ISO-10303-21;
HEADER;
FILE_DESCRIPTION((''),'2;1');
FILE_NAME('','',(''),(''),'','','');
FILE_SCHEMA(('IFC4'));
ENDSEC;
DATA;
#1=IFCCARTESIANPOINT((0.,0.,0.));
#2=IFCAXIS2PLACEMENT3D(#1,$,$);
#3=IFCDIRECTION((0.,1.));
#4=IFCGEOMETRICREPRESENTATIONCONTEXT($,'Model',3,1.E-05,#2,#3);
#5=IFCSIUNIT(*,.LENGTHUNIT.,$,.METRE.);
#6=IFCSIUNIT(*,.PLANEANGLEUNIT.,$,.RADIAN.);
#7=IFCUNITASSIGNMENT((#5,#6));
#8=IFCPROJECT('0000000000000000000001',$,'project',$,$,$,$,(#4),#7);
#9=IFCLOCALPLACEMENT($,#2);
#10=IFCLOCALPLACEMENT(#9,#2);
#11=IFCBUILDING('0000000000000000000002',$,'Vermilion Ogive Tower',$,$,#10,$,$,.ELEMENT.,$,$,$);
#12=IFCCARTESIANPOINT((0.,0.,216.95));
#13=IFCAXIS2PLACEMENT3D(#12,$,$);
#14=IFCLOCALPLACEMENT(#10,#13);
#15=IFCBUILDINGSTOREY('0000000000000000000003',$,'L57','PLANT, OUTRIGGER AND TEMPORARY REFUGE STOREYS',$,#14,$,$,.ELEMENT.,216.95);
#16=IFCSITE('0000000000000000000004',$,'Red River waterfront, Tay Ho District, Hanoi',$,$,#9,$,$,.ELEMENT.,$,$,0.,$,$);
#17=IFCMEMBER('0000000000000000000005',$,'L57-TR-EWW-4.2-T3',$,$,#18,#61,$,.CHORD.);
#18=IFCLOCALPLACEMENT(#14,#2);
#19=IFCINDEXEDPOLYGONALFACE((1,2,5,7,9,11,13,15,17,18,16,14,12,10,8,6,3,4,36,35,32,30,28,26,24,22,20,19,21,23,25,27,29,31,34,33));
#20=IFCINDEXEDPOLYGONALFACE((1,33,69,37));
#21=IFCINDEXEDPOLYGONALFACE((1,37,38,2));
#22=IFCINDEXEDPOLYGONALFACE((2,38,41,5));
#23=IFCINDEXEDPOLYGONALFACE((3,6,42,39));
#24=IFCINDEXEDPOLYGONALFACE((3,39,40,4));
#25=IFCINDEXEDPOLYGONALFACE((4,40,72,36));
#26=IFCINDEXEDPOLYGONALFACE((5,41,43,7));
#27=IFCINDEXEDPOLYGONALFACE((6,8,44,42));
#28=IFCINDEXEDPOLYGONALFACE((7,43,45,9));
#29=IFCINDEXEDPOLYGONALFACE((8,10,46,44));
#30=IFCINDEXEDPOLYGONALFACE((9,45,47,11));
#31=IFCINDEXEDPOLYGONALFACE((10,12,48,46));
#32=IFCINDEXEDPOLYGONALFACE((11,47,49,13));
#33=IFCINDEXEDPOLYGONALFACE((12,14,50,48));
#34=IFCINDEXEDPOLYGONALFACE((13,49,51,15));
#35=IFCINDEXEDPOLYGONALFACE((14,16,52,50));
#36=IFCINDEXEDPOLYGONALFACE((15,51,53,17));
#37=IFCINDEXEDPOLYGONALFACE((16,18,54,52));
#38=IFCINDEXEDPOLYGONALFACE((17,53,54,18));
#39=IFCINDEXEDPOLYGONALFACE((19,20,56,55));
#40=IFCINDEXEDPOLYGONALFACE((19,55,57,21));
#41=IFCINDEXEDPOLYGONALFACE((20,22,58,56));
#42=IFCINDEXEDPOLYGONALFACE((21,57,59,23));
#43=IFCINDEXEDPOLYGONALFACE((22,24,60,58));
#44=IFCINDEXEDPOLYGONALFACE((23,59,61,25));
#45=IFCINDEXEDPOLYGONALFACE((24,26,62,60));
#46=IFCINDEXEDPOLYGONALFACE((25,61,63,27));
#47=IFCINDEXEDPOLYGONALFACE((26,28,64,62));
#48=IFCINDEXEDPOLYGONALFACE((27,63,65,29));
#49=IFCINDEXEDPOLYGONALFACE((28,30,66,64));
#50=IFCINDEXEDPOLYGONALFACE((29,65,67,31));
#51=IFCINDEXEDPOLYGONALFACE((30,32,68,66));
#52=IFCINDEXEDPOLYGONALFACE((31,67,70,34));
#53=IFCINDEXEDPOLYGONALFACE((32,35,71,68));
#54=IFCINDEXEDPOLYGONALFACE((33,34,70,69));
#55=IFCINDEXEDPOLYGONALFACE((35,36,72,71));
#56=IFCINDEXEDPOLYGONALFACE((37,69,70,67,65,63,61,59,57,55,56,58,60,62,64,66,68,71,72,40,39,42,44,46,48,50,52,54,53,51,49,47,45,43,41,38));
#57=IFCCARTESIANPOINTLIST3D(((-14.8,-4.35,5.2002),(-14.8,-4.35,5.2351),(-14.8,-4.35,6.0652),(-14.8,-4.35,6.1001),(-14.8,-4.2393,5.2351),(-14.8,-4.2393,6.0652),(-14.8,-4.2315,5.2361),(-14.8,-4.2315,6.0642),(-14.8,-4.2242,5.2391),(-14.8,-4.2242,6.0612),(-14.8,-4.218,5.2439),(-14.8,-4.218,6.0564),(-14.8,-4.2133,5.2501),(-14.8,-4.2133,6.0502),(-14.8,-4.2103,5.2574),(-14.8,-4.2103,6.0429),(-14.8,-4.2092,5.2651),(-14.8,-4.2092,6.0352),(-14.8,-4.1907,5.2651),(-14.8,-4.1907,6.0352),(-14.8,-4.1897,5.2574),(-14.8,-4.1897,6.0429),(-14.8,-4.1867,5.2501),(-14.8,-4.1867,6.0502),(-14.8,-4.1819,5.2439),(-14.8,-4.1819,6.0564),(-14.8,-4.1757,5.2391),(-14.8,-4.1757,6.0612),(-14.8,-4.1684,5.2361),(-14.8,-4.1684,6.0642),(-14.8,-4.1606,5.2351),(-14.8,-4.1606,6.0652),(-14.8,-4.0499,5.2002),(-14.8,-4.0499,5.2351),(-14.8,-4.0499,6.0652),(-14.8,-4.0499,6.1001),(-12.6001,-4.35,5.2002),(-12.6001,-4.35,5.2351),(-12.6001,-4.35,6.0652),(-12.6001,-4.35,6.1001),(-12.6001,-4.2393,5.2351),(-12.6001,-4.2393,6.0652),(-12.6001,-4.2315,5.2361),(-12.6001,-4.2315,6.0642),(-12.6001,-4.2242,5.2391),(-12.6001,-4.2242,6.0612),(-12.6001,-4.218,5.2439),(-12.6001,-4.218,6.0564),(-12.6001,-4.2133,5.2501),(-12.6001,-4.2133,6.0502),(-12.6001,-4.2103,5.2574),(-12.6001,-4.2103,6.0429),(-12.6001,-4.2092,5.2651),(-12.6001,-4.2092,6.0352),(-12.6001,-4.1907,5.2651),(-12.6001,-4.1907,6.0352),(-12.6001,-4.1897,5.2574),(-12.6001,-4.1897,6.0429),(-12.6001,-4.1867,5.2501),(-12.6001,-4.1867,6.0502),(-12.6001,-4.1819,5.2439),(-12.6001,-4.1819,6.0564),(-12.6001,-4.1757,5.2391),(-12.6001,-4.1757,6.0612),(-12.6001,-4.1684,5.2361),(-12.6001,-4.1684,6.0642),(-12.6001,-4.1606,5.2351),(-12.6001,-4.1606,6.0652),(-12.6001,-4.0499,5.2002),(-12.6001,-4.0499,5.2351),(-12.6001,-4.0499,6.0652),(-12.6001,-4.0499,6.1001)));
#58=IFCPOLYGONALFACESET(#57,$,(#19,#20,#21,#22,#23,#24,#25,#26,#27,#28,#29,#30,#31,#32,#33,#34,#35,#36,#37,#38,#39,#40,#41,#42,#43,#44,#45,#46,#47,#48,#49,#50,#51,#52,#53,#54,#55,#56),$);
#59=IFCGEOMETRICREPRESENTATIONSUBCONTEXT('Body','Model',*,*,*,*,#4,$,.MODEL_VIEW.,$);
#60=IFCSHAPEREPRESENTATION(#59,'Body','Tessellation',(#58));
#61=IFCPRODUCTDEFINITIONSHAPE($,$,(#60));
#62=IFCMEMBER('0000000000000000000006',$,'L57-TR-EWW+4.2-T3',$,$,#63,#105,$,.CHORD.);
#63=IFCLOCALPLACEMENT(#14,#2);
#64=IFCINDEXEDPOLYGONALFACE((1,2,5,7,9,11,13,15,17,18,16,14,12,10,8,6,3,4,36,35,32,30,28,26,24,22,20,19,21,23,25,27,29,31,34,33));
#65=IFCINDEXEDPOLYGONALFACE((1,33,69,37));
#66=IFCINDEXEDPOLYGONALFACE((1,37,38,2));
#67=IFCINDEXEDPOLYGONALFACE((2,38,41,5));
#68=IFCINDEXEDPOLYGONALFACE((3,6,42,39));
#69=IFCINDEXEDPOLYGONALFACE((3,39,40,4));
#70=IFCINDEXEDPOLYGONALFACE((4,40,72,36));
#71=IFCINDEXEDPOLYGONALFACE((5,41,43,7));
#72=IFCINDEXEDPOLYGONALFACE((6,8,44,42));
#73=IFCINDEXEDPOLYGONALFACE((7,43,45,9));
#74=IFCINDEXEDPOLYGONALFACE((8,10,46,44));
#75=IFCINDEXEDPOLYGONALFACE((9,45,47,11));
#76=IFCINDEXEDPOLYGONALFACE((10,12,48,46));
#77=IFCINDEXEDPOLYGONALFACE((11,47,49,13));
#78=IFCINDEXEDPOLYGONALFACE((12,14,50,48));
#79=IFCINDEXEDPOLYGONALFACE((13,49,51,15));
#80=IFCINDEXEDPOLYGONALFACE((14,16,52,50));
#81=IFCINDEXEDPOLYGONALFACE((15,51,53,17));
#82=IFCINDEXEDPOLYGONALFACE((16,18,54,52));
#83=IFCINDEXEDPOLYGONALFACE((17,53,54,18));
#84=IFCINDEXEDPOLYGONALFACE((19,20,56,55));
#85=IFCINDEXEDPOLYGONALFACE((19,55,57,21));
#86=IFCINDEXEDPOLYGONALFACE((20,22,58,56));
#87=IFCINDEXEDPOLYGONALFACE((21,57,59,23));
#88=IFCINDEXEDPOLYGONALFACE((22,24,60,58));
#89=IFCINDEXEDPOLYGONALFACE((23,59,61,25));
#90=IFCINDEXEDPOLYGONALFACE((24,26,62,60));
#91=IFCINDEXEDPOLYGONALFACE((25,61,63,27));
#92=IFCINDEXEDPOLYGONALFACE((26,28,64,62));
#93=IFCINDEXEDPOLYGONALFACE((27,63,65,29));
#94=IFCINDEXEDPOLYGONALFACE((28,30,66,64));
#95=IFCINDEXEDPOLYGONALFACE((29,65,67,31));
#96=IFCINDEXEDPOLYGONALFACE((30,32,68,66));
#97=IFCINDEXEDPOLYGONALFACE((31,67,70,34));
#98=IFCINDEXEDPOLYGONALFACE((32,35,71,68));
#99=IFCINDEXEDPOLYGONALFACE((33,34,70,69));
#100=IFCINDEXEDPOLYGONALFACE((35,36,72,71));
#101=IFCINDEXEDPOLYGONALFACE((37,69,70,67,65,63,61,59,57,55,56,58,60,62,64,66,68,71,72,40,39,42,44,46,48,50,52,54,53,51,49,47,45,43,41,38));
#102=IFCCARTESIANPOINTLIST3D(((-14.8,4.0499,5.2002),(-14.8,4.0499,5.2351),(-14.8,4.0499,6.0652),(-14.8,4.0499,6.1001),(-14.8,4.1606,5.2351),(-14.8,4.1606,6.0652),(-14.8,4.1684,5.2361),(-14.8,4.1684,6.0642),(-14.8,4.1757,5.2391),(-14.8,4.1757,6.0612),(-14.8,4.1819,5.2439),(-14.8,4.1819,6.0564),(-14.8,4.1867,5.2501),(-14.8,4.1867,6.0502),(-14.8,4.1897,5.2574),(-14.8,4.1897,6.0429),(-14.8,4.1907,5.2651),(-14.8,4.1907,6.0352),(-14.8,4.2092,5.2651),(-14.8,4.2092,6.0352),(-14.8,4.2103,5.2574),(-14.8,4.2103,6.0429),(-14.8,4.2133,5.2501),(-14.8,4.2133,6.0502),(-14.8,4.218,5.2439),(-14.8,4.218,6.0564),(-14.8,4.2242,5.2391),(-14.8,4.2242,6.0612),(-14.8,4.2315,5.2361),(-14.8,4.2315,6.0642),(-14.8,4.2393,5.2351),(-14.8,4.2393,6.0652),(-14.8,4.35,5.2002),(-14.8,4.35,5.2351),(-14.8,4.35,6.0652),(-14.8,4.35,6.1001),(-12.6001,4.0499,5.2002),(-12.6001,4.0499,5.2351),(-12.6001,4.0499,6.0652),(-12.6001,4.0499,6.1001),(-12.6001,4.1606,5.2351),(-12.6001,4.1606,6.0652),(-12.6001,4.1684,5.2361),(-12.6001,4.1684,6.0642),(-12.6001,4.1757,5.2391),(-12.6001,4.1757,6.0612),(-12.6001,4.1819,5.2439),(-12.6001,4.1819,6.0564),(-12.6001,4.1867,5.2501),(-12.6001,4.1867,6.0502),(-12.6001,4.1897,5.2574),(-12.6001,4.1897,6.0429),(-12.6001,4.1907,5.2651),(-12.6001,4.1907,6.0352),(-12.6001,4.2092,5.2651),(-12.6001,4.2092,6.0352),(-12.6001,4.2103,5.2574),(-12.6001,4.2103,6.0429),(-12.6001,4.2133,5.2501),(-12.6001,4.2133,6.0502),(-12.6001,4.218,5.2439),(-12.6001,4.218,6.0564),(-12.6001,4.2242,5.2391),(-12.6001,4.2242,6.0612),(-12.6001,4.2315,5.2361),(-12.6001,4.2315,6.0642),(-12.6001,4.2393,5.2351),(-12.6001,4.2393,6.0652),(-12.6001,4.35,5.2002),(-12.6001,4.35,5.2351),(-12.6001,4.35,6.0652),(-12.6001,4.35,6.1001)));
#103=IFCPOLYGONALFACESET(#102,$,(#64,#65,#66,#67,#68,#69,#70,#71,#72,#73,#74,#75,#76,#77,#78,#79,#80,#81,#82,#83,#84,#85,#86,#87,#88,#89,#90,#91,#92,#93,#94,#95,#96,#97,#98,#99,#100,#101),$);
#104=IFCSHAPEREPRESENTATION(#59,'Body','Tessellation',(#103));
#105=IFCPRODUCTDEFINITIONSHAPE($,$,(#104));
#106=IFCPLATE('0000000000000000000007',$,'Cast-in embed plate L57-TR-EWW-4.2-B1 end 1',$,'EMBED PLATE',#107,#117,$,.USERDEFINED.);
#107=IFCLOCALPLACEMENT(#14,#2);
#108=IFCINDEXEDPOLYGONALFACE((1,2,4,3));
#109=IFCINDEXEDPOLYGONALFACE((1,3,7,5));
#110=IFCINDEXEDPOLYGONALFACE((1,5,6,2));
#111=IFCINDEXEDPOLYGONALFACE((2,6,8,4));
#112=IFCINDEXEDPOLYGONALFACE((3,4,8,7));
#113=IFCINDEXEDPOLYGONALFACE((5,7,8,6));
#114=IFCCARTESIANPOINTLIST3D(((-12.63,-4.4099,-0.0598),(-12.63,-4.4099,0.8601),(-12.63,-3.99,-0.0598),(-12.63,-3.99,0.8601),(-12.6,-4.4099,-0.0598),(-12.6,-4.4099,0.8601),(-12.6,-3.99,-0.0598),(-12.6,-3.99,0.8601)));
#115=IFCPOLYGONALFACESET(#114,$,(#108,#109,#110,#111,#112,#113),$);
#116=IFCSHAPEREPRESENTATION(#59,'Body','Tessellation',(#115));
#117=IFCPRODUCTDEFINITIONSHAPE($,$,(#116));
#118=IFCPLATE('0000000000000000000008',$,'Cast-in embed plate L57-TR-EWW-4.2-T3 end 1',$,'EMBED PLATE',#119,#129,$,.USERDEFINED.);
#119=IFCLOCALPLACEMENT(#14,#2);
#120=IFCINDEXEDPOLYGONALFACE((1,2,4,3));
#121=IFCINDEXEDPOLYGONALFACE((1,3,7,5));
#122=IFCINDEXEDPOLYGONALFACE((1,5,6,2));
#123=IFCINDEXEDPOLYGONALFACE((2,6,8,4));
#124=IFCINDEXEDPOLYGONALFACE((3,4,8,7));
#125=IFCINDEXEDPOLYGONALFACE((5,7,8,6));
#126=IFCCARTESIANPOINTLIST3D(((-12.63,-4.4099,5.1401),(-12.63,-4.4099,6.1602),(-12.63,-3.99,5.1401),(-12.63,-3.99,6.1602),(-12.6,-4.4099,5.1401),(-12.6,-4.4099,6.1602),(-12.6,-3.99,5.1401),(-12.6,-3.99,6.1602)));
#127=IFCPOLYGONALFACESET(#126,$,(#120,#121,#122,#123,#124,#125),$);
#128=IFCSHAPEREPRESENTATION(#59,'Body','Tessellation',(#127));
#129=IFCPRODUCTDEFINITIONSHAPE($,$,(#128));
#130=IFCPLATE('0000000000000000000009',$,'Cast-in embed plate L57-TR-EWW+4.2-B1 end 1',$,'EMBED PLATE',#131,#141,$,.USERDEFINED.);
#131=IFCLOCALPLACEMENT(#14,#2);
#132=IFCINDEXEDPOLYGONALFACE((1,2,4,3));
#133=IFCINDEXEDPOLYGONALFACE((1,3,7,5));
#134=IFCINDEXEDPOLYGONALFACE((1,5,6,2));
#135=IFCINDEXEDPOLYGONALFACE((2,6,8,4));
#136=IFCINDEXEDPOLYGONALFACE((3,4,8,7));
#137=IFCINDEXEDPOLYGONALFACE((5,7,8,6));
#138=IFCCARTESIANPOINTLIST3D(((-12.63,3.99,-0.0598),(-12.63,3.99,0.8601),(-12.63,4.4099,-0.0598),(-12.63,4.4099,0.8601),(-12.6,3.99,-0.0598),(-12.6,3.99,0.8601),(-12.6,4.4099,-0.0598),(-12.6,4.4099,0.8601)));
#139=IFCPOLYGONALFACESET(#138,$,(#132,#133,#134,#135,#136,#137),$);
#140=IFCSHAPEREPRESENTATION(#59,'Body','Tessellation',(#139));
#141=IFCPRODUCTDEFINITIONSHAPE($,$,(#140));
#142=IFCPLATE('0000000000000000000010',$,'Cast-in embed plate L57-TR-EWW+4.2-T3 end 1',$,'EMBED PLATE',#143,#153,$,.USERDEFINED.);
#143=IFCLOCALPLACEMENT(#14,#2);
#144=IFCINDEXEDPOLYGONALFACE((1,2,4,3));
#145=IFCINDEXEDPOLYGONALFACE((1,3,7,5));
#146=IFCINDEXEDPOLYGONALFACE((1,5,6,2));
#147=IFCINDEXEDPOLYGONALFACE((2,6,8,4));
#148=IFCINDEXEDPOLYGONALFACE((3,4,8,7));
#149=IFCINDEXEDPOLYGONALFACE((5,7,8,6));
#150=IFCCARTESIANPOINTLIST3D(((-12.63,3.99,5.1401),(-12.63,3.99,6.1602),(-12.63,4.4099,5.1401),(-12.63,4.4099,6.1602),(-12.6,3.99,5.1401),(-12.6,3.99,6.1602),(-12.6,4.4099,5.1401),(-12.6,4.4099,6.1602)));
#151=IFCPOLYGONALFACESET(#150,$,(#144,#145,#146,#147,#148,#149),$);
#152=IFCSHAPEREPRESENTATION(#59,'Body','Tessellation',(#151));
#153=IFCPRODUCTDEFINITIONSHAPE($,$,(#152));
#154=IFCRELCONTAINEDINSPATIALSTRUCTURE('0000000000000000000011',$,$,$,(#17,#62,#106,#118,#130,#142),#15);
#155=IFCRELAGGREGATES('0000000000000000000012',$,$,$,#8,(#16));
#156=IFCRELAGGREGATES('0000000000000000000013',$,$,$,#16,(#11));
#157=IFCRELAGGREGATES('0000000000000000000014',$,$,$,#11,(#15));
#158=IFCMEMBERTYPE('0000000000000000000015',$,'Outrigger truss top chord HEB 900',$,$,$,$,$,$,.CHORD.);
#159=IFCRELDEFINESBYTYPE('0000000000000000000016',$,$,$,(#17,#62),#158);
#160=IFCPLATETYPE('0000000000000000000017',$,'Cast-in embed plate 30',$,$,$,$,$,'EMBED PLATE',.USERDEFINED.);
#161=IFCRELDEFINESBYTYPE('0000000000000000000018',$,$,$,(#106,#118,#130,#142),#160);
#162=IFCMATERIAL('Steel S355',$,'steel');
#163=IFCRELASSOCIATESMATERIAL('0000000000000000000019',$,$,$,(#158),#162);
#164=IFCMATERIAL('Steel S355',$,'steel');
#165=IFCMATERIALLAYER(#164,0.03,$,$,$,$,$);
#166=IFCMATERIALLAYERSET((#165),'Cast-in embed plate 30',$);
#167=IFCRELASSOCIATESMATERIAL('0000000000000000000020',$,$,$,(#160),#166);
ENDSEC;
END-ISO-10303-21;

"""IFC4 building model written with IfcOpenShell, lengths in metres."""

from ifc_helpers import new_model, si_unit, direction, frame, origin, origin_2d, place, context, subcontext, project, spatial, rectangle, i_section, extrude, material, layer, layer_set, material_profile, profile_set, type_object, element, save


model = new_model("IFC4")

# Units and contexts
model_context = context("Model", 3, precision=1e-05, world=origin(), true_north=direction((0.0, 1.0)))
body_context = subcontext(model_context, "Body", "Model", "MODEL_VIEW")
ifc_project = project(units=[si_unit("LENGTHUNIT", "METRE"), si_unit("PLANEANGLEUNIT", "RADIAN")], contexts=[model_context])

# Site, building, storey
site_placement = place(None, origin())
site = spatial("IfcSite", under=ifc_project, at=site_placement, Name="Red River waterfront, Tay Ho District, Hanoi", CompositionType="ELEMENT", RefElevation=0.0)
building_placement = place(site_placement, origin())
building = spatial("IfcBuilding", under=site, at=building_placement, Name="Vermilion Ogive Tower", CompositionType="ELEMENT")
storey_placement = place(building_placement, frame((0.0, 0.0, 216.95)))
storey = spatial("IfcBuildingStorey", under=building, at=storey_placement, Name="L57", Description="PLANT, OUTRIGGER AND TEMPORARY REFUGE STOREYS", CompositionType="ELEMENT", Elevation=216.95)

# Members
ifc_material_1 = material(Name="Steel S355", Category="steel")
ifc_material_profile_1 = material_profile(ifc_material_1, i_section(OverallWidth=0.3, OverallDepth=0.8999, WebThickness=0.0186, FlangeThickness=0.0349, FilletRadius=0.03, at=origin_2d()), Name="HEB 900")
ifc_profile_set_1 = profile_set([ifc_material_profile_1], Name="Steel S355")
member_type_1 = type_object("IfcMemberType", Name="Outrigger truss top chord HEB 900", PredefinedType="CHORD", material=ifc_profile_set_1)
for number, where, z_axis, x_axis, name in (
    (1, (-12.6001, -4.2, 5.6501), (-1.0, 0.0, 0.0), (0.0, -1.0, 0.0), "L57-TR-EWW-4.2-T3"),
    (2, (-12.6001, 4.2, 5.6501), (-1.0, 0.0, 0.0), (0.0, -1.0, 0.0), "L57-TR-EWW+4.2-T3"),
):
    element("IfcMember", number, at=place(storey_placement, frame(where, z_axis=z_axis, x_axis=x_axis)), inside=storey, type_object=member_type_1, Name=name, PredefinedType="CHORD", context=body_context, shape_type="SweptSolid", body=[
        extrude(i_section(OverallWidth=0.3, OverallDepth=0.8999, WebThickness=0.0186, FlangeThickness=0.0349, FilletRadius=0.03, at=origin_2d()), origin(), (0.0, 0.0, 1.0), 2.2),
    ])

# Plates
ifc_material_2 = material(Name="Steel S355", Category="steel")
ifc_layer_1 = layer(ifc_material_2, 0.03)
ifc_layer_set_1 = layer_set([ifc_layer_1], Name="Cast-in embed plate 30")
plate_type = type_object("IfcPlateType", Name="Cast-in embed plate 30", ElementType="EMBED PLATE", PredefinedType="USERDEFINED", material=ifc_layer_set_1)
plate_1_placement = place(storey_placement, frame((-12.615, -4.2, -0.0598), z_axis=(0.0, 0.0, 1.0), x_axis=(1.0, 0.0, 0.0)))
element("IfcPlate", 3, at=plate_1_placement, inside=storey, type_object=plate_type, Name="Cast-in embed plate L57-TR-EWW-4.2-B1 end 1", ObjectType="EMBED PLATE", PredefinedType="USERDEFINED", context=body_context, shape_type="SweptSolid", body=[
    extrude(rectangle(XDim=0.03, YDim=0.4199, at=origin_2d()), origin(), (0.0, 0.0, 1.0), 0.9199),
])
plate_2_placement = place(storey_placement, frame((-12.615, -4.2, 5.1401), z_axis=(0.0, 0.0, 1.0), x_axis=(1.0, 0.0, 0.0)))
element("IfcPlate", 4, at=plate_2_placement, inside=storey, type_object=plate_type, Name="Cast-in embed plate L57-TR-EWW-4.2-T3 end 1", ObjectType="EMBED PLATE", PredefinedType="USERDEFINED", context=body_context, shape_type="SweptSolid", body=[
    extrude(rectangle(XDim=0.03, YDim=0.4199, at=origin_2d()), origin(), (0.0, 0.0, 1.0), 1.02),
])
plate_3_placement = place(storey_placement, frame((-12.615, 4.2, -0.0598), z_axis=(0.0, 0.0, 1.0), x_axis=(1.0, 0.0, 0.0)))
element("IfcPlate", 5, at=plate_3_placement, inside=storey, type_object=plate_type, Name="Cast-in embed plate L57-TR-EWW+4.2-B1 end 1", ObjectType="EMBED PLATE", PredefinedType="USERDEFINED", context=body_context, shape_type="SweptSolid", body=[
    extrude(rectangle(XDim=0.03, YDim=0.4199, at=origin_2d()), origin(), (0.0, 0.0, 1.0), 0.9199),
])
plate_4_placement = place(storey_placement, frame((-12.615, 4.2, 5.1401), z_axis=(0.0, 0.0, 1.0), x_axis=(1.0, 0.0, 0.0)))
element("IfcPlate", 6, at=plate_4_placement, inside=storey, type_object=plate_type, Name="Cast-in embed plate L57-TR-EWW+4.2-T3 end 1", ObjectType="EMBED PLATE", PredefinedType="USERDEFINED", context=body_context, shape_type="SweptSolid", body=[
    extrude(rectangle(XDim=0.03, YDim=0.4199, at=origin_2d()), origin(), (0.0, 0.0, 1.0), 1.02),
])

save(model, "model.ifc")
